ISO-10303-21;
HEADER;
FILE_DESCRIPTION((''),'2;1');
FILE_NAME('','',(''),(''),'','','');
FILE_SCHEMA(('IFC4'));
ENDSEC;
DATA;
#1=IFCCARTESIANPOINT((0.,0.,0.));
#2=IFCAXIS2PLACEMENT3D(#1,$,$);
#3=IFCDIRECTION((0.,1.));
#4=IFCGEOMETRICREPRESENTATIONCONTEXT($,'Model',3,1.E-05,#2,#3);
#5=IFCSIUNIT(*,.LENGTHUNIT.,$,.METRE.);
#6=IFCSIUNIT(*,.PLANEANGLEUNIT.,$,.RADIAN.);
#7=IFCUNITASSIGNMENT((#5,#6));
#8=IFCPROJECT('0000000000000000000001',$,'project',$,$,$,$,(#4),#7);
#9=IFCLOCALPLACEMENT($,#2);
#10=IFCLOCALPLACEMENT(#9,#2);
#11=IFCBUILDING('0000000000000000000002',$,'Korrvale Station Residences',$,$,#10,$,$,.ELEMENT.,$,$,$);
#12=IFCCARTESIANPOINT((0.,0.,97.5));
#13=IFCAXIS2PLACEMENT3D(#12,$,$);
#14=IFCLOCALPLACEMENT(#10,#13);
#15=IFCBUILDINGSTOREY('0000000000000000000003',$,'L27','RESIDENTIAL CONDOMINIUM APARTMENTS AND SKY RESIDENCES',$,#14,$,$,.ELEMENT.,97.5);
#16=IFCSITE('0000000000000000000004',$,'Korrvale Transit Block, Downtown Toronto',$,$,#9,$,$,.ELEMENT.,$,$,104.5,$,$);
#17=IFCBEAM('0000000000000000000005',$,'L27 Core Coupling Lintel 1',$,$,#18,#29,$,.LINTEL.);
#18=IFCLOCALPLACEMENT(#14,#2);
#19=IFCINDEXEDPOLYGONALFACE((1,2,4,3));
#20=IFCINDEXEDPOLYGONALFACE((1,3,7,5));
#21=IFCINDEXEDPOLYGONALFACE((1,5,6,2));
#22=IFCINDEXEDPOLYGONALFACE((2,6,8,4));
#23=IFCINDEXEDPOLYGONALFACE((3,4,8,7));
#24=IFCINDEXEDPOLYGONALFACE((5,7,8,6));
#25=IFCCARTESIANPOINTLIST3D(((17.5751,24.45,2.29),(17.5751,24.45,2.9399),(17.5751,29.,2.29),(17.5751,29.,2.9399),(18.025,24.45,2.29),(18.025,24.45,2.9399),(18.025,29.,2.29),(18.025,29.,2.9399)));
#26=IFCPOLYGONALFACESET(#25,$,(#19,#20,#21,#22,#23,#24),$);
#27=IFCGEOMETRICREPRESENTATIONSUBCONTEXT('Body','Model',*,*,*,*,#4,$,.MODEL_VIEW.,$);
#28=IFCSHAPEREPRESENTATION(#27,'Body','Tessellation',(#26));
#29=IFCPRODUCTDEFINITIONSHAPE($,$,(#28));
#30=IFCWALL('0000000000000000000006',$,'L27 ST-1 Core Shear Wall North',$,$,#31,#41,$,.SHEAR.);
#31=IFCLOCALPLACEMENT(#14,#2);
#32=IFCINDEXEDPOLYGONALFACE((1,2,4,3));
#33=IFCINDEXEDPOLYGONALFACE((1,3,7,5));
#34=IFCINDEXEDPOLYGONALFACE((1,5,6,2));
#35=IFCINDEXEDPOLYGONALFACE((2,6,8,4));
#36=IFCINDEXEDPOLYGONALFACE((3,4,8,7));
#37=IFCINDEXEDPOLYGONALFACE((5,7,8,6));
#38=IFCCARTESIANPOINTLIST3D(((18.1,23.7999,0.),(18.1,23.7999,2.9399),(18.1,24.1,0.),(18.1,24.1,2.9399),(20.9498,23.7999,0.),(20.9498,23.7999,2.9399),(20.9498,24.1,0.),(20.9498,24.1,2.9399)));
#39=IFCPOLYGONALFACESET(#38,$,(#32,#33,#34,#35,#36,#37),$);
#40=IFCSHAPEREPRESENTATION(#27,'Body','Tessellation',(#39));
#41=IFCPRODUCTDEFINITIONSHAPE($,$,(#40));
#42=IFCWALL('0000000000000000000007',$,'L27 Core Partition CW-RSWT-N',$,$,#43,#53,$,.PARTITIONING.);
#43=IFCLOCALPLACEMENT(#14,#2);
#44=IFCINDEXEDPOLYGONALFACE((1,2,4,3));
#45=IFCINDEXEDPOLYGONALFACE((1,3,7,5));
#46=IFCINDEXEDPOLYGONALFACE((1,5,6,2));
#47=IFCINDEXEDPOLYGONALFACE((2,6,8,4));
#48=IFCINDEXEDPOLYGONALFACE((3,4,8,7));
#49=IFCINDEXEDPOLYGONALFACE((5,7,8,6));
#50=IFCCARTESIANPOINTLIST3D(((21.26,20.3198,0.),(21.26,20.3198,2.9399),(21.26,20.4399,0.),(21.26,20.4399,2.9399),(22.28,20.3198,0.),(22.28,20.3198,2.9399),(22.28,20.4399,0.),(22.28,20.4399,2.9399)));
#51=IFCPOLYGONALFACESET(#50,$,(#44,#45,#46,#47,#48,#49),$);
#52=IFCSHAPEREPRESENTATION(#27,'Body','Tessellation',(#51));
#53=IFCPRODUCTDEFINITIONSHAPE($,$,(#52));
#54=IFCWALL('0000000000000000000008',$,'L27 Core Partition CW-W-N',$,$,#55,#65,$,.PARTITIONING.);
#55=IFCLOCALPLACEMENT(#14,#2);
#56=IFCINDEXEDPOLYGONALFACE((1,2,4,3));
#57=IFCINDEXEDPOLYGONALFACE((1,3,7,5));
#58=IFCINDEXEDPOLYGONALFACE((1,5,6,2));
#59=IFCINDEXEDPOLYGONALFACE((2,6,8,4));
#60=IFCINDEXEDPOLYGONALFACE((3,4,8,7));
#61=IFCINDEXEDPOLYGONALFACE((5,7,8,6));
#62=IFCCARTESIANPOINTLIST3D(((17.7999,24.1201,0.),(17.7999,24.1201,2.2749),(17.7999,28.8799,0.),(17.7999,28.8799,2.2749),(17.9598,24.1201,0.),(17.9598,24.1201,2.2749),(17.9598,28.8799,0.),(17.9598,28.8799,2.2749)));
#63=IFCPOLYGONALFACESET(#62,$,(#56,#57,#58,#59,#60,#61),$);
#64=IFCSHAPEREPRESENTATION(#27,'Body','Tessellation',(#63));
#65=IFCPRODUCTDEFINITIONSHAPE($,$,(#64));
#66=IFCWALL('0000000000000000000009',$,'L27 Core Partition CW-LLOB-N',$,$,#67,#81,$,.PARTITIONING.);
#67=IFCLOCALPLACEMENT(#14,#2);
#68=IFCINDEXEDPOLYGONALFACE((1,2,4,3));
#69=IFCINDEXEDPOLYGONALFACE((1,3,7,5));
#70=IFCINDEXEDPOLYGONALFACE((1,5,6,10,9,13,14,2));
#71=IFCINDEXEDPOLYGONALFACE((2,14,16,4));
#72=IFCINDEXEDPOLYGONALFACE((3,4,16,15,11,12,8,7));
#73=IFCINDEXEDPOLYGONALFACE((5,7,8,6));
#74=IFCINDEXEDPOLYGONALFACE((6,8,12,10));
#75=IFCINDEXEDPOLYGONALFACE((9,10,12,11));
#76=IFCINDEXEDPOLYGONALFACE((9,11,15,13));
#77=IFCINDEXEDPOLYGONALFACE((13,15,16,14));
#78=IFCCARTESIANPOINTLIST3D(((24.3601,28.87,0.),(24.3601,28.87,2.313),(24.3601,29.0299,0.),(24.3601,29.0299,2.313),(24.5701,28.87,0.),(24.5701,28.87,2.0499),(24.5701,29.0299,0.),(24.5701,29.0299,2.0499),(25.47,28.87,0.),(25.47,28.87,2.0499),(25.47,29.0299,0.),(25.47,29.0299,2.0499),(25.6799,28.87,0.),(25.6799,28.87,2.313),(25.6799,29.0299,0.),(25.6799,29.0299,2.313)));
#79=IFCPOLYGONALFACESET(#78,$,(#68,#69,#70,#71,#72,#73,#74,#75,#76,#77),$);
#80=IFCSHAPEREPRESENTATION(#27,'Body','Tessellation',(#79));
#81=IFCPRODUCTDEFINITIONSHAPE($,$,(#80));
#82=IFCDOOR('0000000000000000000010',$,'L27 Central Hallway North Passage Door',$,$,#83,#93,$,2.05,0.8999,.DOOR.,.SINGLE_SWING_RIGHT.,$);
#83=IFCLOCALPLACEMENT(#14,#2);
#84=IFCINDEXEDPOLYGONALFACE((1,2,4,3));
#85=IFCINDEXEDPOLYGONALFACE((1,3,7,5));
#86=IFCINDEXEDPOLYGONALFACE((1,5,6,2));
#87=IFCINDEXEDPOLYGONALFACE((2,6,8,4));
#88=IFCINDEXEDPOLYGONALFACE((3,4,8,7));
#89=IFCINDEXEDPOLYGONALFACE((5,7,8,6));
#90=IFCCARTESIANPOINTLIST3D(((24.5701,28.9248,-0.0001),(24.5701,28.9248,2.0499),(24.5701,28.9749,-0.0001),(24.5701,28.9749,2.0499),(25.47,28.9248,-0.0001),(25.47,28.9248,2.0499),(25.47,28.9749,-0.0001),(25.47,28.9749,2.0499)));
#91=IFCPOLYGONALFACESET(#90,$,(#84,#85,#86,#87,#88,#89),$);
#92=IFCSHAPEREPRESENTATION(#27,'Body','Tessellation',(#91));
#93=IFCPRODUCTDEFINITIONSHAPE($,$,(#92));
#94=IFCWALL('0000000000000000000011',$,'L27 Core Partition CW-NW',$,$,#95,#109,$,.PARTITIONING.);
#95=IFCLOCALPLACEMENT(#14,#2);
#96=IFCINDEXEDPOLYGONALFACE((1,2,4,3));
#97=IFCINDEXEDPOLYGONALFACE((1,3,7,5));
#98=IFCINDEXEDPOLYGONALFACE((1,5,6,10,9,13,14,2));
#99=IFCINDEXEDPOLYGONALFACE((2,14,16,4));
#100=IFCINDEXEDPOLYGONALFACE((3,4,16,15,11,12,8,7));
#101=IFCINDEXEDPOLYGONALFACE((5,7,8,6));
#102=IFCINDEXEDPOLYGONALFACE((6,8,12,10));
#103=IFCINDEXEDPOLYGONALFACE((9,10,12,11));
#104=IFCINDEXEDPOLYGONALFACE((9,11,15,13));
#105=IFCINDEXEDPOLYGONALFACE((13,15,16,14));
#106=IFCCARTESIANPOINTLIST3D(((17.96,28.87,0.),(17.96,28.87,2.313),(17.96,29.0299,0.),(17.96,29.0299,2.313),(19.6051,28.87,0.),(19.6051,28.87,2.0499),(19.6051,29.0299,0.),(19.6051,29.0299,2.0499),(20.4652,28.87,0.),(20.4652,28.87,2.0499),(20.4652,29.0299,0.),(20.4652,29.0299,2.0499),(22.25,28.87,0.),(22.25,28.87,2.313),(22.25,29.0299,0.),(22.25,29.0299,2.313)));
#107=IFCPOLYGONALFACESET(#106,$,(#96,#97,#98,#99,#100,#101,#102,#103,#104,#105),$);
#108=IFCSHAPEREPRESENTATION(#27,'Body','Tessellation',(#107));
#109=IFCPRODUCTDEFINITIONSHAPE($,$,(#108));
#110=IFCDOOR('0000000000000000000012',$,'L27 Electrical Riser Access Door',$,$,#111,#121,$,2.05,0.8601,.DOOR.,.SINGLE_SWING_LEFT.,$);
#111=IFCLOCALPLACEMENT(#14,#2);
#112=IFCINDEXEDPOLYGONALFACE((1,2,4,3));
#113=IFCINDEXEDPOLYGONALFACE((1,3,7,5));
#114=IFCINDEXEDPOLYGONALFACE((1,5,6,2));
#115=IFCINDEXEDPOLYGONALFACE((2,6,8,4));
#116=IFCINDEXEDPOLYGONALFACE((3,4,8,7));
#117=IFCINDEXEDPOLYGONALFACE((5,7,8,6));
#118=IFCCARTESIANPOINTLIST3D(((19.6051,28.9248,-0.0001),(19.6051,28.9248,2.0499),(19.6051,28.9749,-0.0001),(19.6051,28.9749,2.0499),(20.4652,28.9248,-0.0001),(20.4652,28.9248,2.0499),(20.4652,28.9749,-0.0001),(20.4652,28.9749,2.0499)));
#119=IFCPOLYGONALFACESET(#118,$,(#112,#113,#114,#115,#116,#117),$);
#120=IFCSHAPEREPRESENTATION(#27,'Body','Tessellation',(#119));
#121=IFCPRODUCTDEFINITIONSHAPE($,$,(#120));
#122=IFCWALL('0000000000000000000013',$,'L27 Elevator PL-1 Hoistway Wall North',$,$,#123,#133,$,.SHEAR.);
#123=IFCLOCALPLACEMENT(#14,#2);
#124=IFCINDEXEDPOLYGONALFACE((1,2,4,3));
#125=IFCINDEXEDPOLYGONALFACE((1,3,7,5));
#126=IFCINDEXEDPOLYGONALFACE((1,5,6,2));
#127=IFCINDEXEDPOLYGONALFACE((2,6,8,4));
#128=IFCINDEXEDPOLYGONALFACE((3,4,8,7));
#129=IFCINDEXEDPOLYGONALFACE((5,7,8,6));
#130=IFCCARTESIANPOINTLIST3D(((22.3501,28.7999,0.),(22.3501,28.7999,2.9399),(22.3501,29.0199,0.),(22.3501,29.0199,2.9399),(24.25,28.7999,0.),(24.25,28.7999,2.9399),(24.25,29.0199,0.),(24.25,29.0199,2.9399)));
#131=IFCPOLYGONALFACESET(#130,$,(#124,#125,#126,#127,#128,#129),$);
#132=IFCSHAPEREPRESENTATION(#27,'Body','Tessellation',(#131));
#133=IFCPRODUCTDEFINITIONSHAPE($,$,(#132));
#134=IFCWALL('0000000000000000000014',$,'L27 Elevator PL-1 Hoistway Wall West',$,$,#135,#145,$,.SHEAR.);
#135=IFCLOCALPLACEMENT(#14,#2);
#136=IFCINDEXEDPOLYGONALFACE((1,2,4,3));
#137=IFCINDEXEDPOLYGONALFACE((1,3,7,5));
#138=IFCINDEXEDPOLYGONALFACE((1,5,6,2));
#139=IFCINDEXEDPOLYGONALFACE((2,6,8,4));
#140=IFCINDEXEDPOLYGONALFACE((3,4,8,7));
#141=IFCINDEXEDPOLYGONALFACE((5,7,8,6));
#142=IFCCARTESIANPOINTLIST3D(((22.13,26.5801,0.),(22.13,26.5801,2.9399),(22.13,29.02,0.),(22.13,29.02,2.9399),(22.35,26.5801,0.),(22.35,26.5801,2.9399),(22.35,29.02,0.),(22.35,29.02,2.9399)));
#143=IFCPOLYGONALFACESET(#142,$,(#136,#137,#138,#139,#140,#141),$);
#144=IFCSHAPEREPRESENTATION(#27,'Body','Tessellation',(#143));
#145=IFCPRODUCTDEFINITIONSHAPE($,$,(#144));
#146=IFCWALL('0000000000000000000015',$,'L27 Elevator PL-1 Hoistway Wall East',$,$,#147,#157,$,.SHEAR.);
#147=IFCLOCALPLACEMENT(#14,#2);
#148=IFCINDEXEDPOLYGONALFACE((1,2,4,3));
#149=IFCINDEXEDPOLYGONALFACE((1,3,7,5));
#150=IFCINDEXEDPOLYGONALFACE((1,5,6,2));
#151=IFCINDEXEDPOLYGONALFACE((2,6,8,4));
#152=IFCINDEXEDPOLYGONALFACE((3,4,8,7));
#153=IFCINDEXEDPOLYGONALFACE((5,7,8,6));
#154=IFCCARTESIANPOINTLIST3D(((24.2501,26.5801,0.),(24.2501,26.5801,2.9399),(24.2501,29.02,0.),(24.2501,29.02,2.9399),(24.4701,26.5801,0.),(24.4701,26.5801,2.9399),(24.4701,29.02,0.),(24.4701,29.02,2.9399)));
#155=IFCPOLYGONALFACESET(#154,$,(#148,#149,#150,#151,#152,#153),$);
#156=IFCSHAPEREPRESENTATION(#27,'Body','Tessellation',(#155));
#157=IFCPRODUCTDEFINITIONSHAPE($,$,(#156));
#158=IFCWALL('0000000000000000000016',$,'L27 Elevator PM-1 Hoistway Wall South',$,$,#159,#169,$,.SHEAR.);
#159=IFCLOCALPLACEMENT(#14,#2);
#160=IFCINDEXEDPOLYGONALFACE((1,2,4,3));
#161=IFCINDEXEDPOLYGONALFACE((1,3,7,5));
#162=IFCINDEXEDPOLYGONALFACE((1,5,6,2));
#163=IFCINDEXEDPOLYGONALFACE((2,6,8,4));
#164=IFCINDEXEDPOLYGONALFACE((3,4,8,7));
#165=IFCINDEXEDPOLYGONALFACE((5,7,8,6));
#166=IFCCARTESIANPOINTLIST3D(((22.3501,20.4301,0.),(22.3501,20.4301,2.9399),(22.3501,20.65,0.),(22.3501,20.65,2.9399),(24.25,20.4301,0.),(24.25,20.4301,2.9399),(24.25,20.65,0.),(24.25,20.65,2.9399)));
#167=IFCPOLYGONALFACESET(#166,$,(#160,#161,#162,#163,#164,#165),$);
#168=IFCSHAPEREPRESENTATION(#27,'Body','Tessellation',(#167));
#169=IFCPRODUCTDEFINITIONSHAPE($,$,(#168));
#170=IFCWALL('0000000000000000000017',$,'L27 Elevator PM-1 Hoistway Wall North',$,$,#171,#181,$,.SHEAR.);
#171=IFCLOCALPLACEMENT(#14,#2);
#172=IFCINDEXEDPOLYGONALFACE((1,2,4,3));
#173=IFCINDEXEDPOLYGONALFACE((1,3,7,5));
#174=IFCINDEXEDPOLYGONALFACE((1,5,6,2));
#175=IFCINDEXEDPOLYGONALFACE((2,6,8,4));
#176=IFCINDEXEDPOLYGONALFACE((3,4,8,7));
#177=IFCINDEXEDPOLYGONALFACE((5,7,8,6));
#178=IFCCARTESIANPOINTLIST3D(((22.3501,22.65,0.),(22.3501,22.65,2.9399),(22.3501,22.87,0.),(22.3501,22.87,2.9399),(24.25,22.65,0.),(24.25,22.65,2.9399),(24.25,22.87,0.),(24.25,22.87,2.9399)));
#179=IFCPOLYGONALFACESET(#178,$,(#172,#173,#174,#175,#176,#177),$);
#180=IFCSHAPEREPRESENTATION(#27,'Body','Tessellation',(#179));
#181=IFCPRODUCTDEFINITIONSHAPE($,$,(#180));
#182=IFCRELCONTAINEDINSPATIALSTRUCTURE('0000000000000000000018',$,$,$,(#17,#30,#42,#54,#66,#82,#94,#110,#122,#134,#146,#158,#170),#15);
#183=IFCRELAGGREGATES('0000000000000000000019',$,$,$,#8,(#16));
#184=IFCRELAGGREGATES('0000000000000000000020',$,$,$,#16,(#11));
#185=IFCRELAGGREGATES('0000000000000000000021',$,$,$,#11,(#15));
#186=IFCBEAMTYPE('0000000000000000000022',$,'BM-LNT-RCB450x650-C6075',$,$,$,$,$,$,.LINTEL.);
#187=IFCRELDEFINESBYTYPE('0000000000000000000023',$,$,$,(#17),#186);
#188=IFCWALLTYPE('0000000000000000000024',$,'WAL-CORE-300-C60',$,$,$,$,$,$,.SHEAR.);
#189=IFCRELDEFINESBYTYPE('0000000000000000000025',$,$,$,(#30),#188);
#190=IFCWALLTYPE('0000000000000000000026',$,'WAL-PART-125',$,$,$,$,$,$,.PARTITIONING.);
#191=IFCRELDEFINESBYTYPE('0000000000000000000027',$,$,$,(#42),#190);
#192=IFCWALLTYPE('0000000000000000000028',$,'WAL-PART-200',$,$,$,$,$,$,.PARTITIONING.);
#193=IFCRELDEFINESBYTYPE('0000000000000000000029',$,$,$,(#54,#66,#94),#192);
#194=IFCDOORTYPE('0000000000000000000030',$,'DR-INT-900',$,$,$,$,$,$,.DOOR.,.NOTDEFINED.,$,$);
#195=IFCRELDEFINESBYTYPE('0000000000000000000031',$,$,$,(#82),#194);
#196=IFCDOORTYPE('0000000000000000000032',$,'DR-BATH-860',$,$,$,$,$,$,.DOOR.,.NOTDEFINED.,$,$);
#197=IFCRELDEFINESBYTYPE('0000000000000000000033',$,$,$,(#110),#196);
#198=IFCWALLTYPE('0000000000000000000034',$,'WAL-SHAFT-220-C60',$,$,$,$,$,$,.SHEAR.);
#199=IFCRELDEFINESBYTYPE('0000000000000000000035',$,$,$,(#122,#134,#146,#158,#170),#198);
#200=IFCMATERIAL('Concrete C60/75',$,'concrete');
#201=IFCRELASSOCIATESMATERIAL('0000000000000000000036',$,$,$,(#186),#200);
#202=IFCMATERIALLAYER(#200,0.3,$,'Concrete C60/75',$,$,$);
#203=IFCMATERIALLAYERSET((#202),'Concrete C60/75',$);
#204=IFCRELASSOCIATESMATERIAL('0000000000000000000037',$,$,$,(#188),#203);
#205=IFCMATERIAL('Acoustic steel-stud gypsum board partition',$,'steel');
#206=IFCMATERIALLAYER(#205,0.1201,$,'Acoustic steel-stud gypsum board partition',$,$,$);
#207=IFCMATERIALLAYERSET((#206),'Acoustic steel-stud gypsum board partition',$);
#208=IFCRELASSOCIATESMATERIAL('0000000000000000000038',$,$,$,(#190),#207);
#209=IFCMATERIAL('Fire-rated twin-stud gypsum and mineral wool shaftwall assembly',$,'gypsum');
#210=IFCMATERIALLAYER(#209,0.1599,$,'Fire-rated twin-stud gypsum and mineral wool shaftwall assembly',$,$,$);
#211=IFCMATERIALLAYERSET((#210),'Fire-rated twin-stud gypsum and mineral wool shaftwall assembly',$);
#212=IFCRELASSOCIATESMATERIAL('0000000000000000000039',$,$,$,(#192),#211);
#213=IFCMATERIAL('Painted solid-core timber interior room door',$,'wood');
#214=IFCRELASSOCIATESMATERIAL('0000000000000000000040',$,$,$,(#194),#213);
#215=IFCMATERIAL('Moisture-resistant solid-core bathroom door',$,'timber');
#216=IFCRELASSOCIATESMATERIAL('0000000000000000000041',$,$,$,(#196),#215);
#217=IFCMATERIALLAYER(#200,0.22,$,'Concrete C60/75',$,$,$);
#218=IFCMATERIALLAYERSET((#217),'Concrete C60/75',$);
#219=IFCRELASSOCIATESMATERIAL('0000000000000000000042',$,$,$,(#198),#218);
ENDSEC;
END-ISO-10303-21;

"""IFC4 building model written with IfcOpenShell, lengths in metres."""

from ifc_helpers import new_model, si_unit, direction, frame, frame_2d, origin, origin_2d, place, context, subcontext, project, spatial, rectangle, extrude, material, layer, layer_set, material_profile, profile_set, type_object, element, fill, save


model = new_model("IFC4")

# Units and contexts
model_context = context("Model", 3, precision=1e-05, world=origin(), true_north=direction((0.0, 1.0)))
body_context = subcontext(model_context, "Body", "Model", "MODEL_VIEW")
ifc_project = project(units=[si_unit("LENGTHUNIT", "METRE"), si_unit("PLANEANGLEUNIT", "RADIAN")], contexts=[model_context])

# Site, building, storey
site_placement = place(None, origin())
site = spatial("IfcSite", under=ifc_project, at=site_placement, Name="Korrvale Transit Block, Downtown Toronto", CompositionType="ELEMENT", RefElevation=104.5)
building_placement = place(site_placement, origin())
building = spatial("IfcBuilding", under=site, at=building_placement, Name="Korrvale Station Residences", CompositionType="ELEMENT")
storey_placement = place(building_placement, frame((0.0, 0.0, 97.5)))
storey = spatial("IfcBuildingStorey", under=building, at=storey_placement, Name="L27", Description="RESIDENTIAL CONDOMINIUM APARTMENTS AND SKY RESIDENCES", CompositionType="ELEMENT", Elevation=97.5)

# Beam
ifc_material_1 = material(Name="Concrete C60/75", Category="concrete")
ifc_material_profile = material_profile(ifc_material_1, rectangle(XDim=0.45, YDim=0.6499, at=origin_2d()), Name="RCB450x650")
ifc_profile_set = profile_set([ifc_material_profile], Name="Concrete C60/75")
beam_type = type_object("IfcBeamType", Name="BM-LNT-RCB450x650-C6075", PredefinedType="LINTEL", material=ifc_profile_set)
beam_placement = place(storey_placement, frame((17.8, 24.45, 2.615), z_axis=(0.0, 1.0, 0.0), x_axis=(-1.0, 0.0, 0.0)))
element("IfcBeam", 1, at=beam_placement, inside=storey, type_object=beam_type, Name="L27 Core Coupling Lintel 1", PredefinedType="LINTEL", context=body_context, shape_type="SweptSolid", body=[
    extrude(rectangle(XDim=0.45, YDim=0.6499, at=origin_2d()), origin(), (0.0, 0.0, 1.0), 4.55),
])

# Walls
ifc_layer_1 = layer(ifc_material_1, 0.3, Name="Concrete C60/75")
ifc_layer_set_1 = layer_set([ifc_layer_1], Name="Concrete C60/75")
wall_type_1 = type_object("IfcWallType", Name="WAL-CORE-300-C60", PredefinedType="SHEAR", material=ifc_layer_set_1)
wall_1_placement = place(storey_placement, frame((18.1001, 23.95, 0.0), z_axis=(0.0, 0.0, 1.0), x_axis=(1.0, 0.0, 0.0)))
element("IfcWall", 2, at=wall_1_placement, inside=storey, type_object=wall_type_1, Name="L27 ST-1 Core Shear Wall North", PredefinedType="SHEAR", context=body_context, shape_type="SweptSolid", body=[
    extrude(rectangle(XDim=2.8499, YDim=0.3, at=frame_2d((1.4248, 0.0))), origin(), (0.0, 0.0, 1.0), 2.9399),
])
ifc_material_2 = material(Name="Acoustic steel-stud gypsum board partition", Category="steel")
ifc_layer_2 = layer(ifc_material_2, 0.1201, Name="Acoustic steel-stud gypsum board partition")
ifc_layer_set_2 = layer_set([ifc_layer_2], Name="Acoustic steel-stud gypsum board partition")
wall_type_2 = type_object("IfcWallType", Name="WAL-PART-125", PredefinedType="PARTITIONING", material=ifc_layer_set_2)
wall_2_placement = place(storey_placement, frame((22.28, 20.3799, 0.0), z_axis=(0.0, 0.0, 1.0), x_axis=(-1.0, 0.0, 0.0)))
element("IfcWall", 3, at=wall_2_placement, inside=storey, type_object=wall_type_2, Name="L27 Core Partition CW-RSWT-N", PredefinedType="PARTITIONING", context=body_context, shape_type="SweptSolid", body=[
    extrude(rectangle(XDim=1.02, YDim=0.1201, at=frame_2d((0.51, 0.0))), origin(), (0.0, 0.0, 1.0), 2.9399),
])
ifc_material_3 = material(Name="Fire-rated twin-stud gypsum and mineral wool shaftwall assembly", Category="gypsum")
ifc_layer_3 = layer(ifc_material_3, 0.1599, Name="Fire-rated twin-stud gypsum and mineral wool shaftwall assembly")
ifc_layer_set_3 = layer_set([ifc_layer_3], Name="Fire-rated twin-stud gypsum and mineral wool shaftwall assembly")
wall_type_3 = type_object("IfcWallType", Name="WAL-PART-200", PredefinedType="PARTITIONING", material=ifc_layer_set_3)
wall_3_placement = place(storey_placement, frame((17.8799, 24.1201, 0.0), z_axis=(0.0, 0.0, 1.0), x_axis=(0.0, 1.0, 0.0)))
element("IfcWall", 4, at=wall_3_placement, inside=storey, type_object=wall_type_3, Name="L27 Core Partition CW-W-N", PredefinedType="PARTITIONING", context=body_context, shape_type="SweptSolid", body=[
    extrude(rectangle(XDim=4.7598, YDim=0.1599, at=frame_2d((2.3799, 0.0))), origin(), (0.0, 0.0, 1.0), 2.2749),
])

# Walls, openings, doors
wall_4_placement = place(storey_placement, frame((24.3601, 28.95, 0.0), z_axis=(0.0, 0.0, 1.0), x_axis=(1.0, 0.0, 0.0)))
wall_4 = element("IfcWall", 5, at=wall_4_placement, inside=storey, type_object=wall_type_3, Name="L27 Core Partition CW-LLOB-N", PredefinedType="PARTITIONING", context=body_context, shape_type="SweptSolid", body=[
    extrude(rectangle(XDim=1.3198, YDim=0.1599, at=frame_2d((0.6599, 0.0))), origin(), (0.0, 0.0, 1.0), 2.313),
])
opening_1_placement = place(wall_4_placement, frame((0.21, 0.0, 0.0)))
opening_1 = element("IfcOpeningElement", 6, at=opening_1_placement, cuts=wall_4, PredefinedType="OPENING", context=body_context, shape_type="SweptSolid", body=[
    extrude(rectangle(XDim=0.8999, YDim=2.05, at=frame_2d((0.45, 1.0249))), frame((0.0, 0.0898, 0.0), z_axis=(0.0, -1.0, 0.0), x_axis=(1.0, 0.0, 0.0)), (0.0, 0.0, 1.0), 0.1799),
])
ifc_material_4 = material(Name="Painted solid-core timber interior room door", Category="wood")
door_type_1 = type_object("IfcDoorType", Name="DR-INT-900", OperationType="NOTDEFINED", PredefinedType="DOOR", material=ifc_material_4)
door_1_placement = place(opening_1_placement, origin())
door_1 = element("IfcDoor", 7, at=door_1_placement, inside=storey, type_object=door_type_1, Name="L27 Central Hallway North Passage Door", OperationType="SINGLE_SWING_RIGHT", OverallHeight=2.05, OverallWidth=0.8999, PredefinedType="DOOR", context=body_context, shape_type="SweptSolid", body=[
    extrude(rectangle(XDim=0.8999, YDim=2.05, at=frame_2d((0.45, 1.0249))), frame((0.0, 0.0249, 0.0), z_axis=(0.0, -1.0, 0.0), x_axis=(1.0, 0.0, 0.0)), (0.0, 0.0, 1.0), 0.05),
])
fill(opening_1, door_1)
wall_5_placement = place(storey_placement, frame((17.96, 28.95, 0.0), z_axis=(0.0, 0.0, 1.0), x_axis=(1.0, 0.0, 0.0)))
wall_5 = element("IfcWall", 8, at=wall_5_placement, inside=storey, type_object=wall_type_3, Name="L27 Core Partition CW-NW", PredefinedType="PARTITIONING", context=body_context, shape_type="SweptSolid", body=[
    extrude(rectangle(XDim=4.29, YDim=0.1599, at=frame_2d((2.145, 0.0))), origin(), (0.0, 0.0, 1.0), 2.313),
])
opening_2_placement = place(wall_5_placement, frame((1.645, 0.0, 0.0)))
opening_2 = element("IfcOpeningElement", 9, at=opening_2_placement, cuts=wall_5, PredefinedType="OPENING", context=body_context, shape_type="SweptSolid", body=[
    extrude(rectangle(XDim=0.8601, YDim=2.05, at=frame_2d((0.4302, 1.0249))), frame((0.0, 0.0898, 0.0), z_axis=(0.0, -1.0, 0.0), x_axis=(1.0, 0.0, 0.0)), (0.0, 0.0, 1.0), 0.1799),
])
ifc_material_5 = material(Name="Moisture-resistant solid-core bathroom door", Category="timber")
door_type_2 = type_object("IfcDoorType", Name="DR-BATH-860", OperationType="NOTDEFINED", PredefinedType="DOOR", material=ifc_material_5)
door_2_placement = place(opening_2_placement, origin())
door_2 = element("IfcDoor", 10, at=door_2_placement, inside=storey, type_object=door_type_2, Name="L27 Electrical Riser Access Door", OperationType="SINGLE_SWING_LEFT", OverallHeight=2.05, OverallWidth=0.8601, PredefinedType="DOOR", context=body_context, shape_type="SweptSolid", body=[
    extrude(rectangle(XDim=0.8601, YDim=2.05, at=frame_2d((0.4302, 1.0249))), frame((0.0, 0.0249, 0.0), z_axis=(0.0, -1.0, 0.0), x_axis=(1.0, 0.0, 0.0)), (0.0, 0.0, 1.0), 0.05),
])
fill(opening_2, door_2)
ifc_layer_4 = layer(ifc_material_1, 0.22, Name="Concrete C60/75")
ifc_layer_set_4 = layer_set([ifc_layer_4], Name="Concrete C60/75")
wall_type_4 = type_object("IfcWallType", Name="WAL-SHAFT-220-C60", PredefinedType="SHEAR", material=ifc_layer_set_4)

# Walls
wall_6_placement = place(storey_placement, frame((22.3501, 28.9099, 0.0), z_axis=(0.0, 0.0, 1.0), x_axis=(1.0, 0.0, 0.0)))
element("IfcWall", 11, at=wall_6_placement, inside=storey, type_object=wall_type_4, Name="L27 Elevator PL-1 Hoistway Wall North", PredefinedType="SHEAR", context=body_context, shape_type="SweptSolid", body=[
    extrude(rectangle(XDim=1.8999, YDim=0.22, at=frame_2d((0.95, 0.0))), origin(), (0.0, 0.0, 1.0), 2.9399),
])
for number, where, z_axis, x_axis, name in (
    (12, (22.24, 26.5801, 0.0), (0.0, 0.0, 1.0), (0.0, 1.0, 0.0), "L27 Elevator PL-1 Hoistway Wall West"),
    (13, (24.3601, 26.5801, 0.0), (0.0, 0.0, 1.0), (0.0, 1.0, 0.0), "L27 Elevator PL-1 Hoistway Wall East"),
):
    element("IfcWall", number, at=place(storey_placement, frame(where, z_axis=z_axis, x_axis=x_axis)), inside=storey, type_object=wall_type_4, Name=name, PredefinedType="SHEAR", context=body_context, shape_type="SweptSolid", body=[
        extrude(rectangle(XDim=2.4399, YDim=0.22, at=frame_2d((1.22, 0.0))), origin(), (0.0, 0.0, 1.0), 2.9399),
    ])
for number, where, z_axis, x_axis, name in (
    (14, (22.3501, 20.54, 0.0), (0.0, 0.0, 1.0), (1.0, 0.0, 0.0), "L27 Elevator PM-1 Hoistway Wall South"),
    (15, (22.3501, 22.76, 0.0), (0.0, 0.0, 1.0), (1.0, 0.0, 0.0), "L27 Elevator PM-1 Hoistway Wall North"),
):
    element("IfcWall", number, at=place(storey_placement, frame(where, z_axis=z_axis, x_axis=x_axis)), inside=storey, type_object=wall_type_4, Name=name, PredefinedType="SHEAR", context=body_context, shape_type="SweptSolid", body=[
        extrude(rectangle(XDim=1.8999, YDim=0.22, at=frame_2d((0.95, 0.0))), origin(), (0.0, 0.0, 1.0), 2.9399),
    ])

save(model, "model.ifc")
